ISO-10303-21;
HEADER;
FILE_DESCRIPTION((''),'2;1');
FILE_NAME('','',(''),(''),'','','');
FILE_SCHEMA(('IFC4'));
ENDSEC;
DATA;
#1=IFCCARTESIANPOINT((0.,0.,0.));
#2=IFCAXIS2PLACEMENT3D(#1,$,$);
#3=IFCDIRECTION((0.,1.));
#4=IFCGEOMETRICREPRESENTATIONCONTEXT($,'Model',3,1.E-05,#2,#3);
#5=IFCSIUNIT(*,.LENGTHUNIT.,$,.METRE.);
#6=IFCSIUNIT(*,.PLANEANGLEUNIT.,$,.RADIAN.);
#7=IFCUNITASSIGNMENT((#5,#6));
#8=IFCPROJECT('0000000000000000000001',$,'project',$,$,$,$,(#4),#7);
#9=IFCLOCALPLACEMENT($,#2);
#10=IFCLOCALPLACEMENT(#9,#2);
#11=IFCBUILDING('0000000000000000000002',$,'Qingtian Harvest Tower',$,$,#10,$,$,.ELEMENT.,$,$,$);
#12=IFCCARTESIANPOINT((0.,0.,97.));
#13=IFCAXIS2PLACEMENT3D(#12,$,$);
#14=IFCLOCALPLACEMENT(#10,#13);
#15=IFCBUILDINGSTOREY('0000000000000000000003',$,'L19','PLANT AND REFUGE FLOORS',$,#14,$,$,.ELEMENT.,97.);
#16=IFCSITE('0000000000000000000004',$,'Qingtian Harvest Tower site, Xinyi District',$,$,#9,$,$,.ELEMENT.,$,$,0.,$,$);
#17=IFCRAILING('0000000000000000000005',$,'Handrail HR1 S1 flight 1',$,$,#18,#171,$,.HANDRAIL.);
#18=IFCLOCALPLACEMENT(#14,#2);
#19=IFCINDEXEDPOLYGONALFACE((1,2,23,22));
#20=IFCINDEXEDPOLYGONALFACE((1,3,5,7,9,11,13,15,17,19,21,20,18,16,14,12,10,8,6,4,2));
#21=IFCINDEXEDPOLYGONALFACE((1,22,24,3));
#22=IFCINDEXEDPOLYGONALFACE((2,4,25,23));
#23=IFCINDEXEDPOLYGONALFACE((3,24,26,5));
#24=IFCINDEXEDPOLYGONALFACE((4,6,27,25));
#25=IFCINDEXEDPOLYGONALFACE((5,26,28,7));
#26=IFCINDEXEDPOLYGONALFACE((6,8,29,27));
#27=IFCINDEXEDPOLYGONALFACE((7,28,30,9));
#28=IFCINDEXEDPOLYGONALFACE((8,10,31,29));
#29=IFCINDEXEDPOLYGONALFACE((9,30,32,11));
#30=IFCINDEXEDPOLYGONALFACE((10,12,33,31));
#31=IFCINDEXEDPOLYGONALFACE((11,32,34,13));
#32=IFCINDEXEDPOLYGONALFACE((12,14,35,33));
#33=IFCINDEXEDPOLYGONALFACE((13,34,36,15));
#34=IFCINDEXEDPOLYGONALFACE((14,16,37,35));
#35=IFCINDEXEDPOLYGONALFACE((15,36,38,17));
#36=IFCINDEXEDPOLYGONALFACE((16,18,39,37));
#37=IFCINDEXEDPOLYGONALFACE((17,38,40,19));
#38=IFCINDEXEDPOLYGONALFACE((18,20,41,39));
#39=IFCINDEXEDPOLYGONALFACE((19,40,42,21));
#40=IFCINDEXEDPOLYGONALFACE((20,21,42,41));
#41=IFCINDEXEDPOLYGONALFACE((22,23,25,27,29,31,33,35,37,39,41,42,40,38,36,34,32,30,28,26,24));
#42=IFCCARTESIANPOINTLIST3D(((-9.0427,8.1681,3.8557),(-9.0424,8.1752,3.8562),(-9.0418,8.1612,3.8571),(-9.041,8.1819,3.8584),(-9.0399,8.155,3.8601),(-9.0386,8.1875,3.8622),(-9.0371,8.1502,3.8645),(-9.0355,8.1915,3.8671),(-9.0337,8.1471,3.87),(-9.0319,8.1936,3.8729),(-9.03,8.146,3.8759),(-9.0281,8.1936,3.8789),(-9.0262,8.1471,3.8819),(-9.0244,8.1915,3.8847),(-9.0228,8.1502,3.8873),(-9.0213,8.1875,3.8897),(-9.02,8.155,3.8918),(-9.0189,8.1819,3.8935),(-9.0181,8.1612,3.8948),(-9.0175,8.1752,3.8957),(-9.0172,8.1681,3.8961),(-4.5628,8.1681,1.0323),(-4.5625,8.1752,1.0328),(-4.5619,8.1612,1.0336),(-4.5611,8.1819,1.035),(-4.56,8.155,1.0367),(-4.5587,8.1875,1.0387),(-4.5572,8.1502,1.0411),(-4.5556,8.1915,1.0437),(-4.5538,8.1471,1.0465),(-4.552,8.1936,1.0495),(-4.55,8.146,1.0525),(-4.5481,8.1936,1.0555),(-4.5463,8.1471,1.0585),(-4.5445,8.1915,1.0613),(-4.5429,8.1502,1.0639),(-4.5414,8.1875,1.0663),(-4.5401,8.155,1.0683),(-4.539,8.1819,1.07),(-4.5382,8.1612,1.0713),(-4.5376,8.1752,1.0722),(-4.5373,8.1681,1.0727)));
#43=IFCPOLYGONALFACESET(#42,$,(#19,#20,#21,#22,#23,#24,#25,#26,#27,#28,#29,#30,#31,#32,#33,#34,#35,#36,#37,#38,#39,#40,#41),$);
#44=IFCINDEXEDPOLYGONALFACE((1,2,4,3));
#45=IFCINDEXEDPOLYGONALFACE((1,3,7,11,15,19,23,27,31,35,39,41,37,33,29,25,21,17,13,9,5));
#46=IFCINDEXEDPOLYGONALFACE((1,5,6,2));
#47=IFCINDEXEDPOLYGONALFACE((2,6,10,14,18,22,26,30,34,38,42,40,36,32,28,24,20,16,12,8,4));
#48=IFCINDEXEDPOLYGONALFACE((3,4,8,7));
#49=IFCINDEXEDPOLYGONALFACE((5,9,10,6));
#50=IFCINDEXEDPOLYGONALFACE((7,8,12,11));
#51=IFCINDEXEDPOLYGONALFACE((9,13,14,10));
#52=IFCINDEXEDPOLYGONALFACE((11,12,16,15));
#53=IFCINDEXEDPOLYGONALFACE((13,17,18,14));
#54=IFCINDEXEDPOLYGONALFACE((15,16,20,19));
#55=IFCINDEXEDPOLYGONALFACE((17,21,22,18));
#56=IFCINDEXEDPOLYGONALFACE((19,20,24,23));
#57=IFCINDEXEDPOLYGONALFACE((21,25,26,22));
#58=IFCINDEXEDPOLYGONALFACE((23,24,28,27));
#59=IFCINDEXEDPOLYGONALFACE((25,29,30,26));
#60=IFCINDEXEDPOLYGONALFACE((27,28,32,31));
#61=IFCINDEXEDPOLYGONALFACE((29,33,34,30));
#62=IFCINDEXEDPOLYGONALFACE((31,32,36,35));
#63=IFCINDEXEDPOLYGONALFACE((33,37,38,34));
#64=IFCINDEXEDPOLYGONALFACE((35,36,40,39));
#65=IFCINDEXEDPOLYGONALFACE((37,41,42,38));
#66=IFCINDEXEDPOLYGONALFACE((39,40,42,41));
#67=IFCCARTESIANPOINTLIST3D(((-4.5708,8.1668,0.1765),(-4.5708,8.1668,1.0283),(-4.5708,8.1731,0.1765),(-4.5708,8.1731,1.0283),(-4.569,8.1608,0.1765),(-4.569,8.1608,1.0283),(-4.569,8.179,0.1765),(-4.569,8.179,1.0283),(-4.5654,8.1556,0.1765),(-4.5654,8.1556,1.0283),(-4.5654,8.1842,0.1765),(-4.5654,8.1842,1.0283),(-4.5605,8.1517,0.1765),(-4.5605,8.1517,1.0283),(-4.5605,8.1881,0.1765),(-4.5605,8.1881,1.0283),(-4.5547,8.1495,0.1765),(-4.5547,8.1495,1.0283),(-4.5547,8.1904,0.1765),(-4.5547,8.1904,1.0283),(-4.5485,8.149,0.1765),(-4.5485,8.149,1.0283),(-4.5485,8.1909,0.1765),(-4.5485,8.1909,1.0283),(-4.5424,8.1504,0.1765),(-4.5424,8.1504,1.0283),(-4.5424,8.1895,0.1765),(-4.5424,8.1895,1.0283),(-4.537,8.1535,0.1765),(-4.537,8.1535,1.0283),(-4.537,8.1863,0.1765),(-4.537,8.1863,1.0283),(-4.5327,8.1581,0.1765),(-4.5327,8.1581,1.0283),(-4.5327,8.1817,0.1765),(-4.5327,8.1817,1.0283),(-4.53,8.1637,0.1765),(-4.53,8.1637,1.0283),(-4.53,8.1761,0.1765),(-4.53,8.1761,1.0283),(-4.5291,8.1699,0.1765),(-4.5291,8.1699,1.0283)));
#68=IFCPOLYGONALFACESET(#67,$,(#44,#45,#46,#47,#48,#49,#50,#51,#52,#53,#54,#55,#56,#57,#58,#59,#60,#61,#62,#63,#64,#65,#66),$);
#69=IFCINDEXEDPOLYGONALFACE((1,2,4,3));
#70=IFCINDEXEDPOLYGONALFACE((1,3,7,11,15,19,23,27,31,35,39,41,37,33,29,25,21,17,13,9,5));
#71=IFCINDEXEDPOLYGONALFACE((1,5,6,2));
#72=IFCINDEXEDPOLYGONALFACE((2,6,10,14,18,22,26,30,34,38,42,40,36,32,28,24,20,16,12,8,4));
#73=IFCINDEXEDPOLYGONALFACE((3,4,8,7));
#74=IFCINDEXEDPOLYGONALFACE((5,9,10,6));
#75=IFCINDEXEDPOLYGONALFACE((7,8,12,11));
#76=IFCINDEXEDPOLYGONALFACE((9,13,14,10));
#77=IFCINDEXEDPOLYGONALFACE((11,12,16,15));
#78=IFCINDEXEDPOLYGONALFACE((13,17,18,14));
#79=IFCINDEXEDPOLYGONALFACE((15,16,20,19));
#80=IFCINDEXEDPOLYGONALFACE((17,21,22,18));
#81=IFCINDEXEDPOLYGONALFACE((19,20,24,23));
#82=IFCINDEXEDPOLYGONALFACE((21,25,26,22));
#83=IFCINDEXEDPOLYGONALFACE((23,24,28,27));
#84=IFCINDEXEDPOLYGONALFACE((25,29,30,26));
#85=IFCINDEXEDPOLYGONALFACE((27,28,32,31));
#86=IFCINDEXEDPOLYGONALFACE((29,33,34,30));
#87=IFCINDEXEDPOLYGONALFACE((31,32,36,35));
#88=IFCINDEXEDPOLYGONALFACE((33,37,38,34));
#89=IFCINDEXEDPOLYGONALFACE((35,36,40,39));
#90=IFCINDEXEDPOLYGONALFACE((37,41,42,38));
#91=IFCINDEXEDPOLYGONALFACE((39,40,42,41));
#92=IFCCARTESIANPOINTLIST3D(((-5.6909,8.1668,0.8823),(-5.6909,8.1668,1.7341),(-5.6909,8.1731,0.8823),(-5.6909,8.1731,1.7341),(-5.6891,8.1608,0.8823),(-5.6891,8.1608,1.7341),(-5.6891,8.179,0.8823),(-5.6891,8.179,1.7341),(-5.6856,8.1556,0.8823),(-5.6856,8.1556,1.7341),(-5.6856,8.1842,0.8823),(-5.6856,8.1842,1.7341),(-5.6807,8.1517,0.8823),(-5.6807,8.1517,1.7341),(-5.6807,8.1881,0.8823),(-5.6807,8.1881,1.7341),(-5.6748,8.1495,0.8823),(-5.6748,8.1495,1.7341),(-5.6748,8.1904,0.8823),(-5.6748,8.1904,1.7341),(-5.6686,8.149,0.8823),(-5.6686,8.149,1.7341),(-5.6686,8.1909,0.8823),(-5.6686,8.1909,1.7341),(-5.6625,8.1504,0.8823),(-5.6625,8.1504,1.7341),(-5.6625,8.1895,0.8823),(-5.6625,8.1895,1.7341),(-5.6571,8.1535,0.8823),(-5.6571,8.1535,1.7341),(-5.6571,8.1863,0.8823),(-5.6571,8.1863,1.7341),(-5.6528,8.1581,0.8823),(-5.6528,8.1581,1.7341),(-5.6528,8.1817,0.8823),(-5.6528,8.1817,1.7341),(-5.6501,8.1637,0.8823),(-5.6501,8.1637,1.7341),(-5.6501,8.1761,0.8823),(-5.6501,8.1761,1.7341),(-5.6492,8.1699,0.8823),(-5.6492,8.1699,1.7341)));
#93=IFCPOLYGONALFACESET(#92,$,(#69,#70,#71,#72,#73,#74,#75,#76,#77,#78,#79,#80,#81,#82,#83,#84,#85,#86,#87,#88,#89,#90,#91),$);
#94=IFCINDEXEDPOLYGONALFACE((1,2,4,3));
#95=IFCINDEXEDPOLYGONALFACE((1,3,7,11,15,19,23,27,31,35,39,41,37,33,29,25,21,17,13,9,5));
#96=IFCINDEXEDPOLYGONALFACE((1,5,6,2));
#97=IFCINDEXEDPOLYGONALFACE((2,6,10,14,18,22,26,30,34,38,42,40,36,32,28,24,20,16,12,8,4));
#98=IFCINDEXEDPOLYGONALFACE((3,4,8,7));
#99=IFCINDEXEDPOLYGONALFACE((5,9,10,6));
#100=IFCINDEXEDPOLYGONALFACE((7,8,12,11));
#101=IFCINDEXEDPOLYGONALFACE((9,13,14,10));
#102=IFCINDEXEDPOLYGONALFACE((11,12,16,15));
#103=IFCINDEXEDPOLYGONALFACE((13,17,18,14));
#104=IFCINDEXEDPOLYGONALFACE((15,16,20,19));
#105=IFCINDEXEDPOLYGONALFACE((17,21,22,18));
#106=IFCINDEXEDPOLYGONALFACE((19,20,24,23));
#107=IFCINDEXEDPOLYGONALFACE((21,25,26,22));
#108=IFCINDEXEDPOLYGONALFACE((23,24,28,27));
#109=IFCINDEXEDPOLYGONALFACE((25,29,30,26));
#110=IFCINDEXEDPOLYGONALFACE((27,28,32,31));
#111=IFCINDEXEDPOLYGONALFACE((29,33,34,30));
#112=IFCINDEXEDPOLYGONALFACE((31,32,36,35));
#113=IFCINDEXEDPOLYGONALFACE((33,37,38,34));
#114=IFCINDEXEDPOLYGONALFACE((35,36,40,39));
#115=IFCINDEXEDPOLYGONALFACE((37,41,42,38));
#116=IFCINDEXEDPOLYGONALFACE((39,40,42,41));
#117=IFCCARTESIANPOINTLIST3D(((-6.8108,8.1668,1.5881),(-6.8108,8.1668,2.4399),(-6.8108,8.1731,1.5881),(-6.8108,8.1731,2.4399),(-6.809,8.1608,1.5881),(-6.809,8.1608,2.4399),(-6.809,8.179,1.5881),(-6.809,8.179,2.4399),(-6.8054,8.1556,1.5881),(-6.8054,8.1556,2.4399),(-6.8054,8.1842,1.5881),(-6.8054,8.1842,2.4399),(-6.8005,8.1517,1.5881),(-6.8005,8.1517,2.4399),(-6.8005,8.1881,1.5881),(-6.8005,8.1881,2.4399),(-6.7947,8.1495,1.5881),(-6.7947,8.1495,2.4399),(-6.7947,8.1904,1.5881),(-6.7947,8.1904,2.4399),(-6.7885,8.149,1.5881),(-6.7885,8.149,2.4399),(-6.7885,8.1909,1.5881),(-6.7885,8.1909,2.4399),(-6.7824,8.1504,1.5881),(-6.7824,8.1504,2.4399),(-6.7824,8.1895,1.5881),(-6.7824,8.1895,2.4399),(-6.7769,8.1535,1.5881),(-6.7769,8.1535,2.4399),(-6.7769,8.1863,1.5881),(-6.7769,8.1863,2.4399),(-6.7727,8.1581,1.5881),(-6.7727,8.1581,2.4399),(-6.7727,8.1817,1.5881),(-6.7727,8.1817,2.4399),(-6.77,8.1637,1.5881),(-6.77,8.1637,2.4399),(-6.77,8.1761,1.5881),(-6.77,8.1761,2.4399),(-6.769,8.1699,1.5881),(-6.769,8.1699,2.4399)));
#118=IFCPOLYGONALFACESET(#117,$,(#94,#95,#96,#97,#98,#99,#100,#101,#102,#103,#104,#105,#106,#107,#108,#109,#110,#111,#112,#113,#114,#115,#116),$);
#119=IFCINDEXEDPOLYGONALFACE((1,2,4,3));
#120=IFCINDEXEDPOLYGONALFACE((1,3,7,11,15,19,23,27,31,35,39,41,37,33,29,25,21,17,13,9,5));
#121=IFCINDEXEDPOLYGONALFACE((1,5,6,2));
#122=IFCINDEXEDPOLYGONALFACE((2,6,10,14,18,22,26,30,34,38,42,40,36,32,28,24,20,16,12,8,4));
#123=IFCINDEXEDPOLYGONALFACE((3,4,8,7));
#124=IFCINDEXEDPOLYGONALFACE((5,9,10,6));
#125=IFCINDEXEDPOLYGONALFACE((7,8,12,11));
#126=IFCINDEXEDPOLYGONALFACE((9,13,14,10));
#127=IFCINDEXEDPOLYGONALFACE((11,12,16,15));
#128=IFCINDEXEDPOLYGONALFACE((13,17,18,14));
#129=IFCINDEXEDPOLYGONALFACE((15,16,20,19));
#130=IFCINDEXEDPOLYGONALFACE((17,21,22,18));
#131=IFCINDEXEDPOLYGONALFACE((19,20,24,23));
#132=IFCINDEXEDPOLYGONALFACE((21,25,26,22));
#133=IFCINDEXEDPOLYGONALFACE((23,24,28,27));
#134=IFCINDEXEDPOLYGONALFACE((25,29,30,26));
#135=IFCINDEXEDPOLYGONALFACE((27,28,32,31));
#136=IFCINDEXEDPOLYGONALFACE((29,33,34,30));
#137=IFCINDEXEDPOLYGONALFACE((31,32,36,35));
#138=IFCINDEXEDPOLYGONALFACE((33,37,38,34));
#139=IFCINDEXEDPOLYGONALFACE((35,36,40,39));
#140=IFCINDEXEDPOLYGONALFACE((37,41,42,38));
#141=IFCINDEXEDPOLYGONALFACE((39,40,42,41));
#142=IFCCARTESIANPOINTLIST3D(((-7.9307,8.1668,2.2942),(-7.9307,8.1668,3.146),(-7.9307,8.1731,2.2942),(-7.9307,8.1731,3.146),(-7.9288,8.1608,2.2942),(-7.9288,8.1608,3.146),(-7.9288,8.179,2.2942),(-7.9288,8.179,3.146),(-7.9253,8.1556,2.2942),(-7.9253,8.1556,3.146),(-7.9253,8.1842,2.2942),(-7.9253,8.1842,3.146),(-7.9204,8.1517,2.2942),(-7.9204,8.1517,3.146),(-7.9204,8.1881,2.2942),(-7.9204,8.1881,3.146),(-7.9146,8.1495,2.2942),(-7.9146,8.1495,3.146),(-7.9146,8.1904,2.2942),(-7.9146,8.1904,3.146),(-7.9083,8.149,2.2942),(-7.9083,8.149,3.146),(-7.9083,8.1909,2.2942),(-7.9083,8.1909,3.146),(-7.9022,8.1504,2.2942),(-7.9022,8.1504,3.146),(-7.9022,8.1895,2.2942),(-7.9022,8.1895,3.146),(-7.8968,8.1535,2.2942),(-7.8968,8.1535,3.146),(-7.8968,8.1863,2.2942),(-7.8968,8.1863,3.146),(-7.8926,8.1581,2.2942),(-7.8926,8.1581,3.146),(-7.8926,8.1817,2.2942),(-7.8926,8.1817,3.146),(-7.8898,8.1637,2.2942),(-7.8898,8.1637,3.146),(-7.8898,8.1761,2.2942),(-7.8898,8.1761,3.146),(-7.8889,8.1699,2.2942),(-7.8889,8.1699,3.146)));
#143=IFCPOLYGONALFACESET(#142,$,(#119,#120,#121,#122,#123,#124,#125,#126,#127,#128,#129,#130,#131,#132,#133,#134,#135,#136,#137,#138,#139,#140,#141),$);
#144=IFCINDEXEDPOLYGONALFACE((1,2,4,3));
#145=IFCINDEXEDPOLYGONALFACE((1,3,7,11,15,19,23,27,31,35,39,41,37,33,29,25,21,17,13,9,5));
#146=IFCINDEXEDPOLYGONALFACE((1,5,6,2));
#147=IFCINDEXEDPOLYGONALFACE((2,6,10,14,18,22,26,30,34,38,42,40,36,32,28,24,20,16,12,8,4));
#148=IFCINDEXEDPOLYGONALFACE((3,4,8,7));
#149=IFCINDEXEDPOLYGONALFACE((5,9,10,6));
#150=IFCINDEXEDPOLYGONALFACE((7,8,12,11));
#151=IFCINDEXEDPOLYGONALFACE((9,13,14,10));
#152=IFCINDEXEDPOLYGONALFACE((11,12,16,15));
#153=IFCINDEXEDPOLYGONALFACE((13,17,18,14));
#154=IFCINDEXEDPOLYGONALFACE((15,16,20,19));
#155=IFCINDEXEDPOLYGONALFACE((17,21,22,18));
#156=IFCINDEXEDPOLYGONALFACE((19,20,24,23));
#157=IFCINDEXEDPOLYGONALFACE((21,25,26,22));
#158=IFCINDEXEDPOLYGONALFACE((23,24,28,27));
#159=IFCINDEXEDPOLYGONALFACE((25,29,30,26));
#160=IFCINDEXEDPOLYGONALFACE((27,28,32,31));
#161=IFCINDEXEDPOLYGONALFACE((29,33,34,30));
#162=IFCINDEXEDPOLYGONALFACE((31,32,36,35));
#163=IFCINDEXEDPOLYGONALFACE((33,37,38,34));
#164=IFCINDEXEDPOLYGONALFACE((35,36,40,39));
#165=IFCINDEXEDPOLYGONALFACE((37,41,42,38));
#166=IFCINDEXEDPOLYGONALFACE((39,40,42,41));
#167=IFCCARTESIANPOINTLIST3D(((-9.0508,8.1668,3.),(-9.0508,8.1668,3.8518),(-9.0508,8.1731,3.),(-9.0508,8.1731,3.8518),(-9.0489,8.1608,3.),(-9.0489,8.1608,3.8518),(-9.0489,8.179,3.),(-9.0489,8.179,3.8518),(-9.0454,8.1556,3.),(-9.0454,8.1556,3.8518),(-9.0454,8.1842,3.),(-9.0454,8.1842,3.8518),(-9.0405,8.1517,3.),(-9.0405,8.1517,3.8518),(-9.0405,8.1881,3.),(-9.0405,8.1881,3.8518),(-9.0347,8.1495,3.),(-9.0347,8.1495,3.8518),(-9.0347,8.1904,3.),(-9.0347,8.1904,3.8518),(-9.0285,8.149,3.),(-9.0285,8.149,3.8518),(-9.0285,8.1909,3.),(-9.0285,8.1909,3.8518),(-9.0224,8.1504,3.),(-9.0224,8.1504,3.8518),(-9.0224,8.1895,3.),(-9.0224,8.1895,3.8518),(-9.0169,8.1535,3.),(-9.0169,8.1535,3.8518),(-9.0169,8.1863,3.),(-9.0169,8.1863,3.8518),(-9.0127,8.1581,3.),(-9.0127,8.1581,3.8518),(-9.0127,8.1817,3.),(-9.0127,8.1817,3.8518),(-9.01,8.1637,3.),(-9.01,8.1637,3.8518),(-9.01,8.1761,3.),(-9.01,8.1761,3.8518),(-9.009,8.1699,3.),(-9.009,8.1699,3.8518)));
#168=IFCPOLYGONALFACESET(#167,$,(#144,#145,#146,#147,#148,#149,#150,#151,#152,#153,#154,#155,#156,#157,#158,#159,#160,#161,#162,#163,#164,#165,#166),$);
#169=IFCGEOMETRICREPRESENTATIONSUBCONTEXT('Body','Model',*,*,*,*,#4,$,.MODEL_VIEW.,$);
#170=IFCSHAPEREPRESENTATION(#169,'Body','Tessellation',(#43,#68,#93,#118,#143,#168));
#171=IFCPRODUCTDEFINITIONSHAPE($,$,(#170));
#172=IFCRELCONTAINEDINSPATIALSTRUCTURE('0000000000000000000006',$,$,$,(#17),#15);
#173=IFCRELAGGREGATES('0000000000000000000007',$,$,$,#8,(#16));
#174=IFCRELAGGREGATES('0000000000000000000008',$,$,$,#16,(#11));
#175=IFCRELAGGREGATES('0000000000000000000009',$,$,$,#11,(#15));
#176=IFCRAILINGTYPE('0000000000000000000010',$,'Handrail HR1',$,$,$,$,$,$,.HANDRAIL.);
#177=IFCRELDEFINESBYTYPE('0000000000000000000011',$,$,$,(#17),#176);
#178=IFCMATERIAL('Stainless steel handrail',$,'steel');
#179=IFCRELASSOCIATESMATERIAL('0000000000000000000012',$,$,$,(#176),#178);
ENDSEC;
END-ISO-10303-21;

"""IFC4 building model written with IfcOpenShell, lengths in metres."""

from ifc_helpers import new_model, si_unit, direction, frame, origin, origin_2d, place, context, subcontext, project, spatial, circle, extrude, material, type_object, element, save


model = new_model("IFC4")

# Units and contexts
model_context = context("Model", 3, precision=1e-05, world=origin(), true_north=direction((0.0, 1.0)))
body_context = subcontext(model_context, "Body", "Model", "MODEL_VIEW")
ifc_project = project(units=[si_unit("LENGTHUNIT", "METRE"), si_unit("PLANEANGLEUNIT", "RADIAN")], contexts=[model_context])

# Site, building, storey
site_placement = place(None, origin())
site = spatial("IfcSite", under=ifc_project, at=site_placement, Name="Qingtian Harvest Tower site, Xinyi District", CompositionType="ELEMENT", RefElevation=0.0)
building_placement = place(site_placement, origin())
building = spatial("IfcBuilding", under=site, at=building_placement, Name="Qingtian Harvest Tower", CompositionType="ELEMENT")
storey_placement = place(building_placement, frame((0.0, 0.0, 97.0)))
storey = spatial("IfcBuildingStorey", under=building, at=storey_placement, Name="L19", Description="PLANT AND REFUGE FLOORS", CompositionType="ELEMENT", Elevation=97.0)

# Railing
ifc_material_1 = material(Name="Stainless steel handrail", Category="steel")
railing_type = type_object("IfcRailingType", Name="Handrail HR1", PredefinedType="HANDRAIL", material=ifc_material_1)
railing_1_placement = place(storey_placement, frame((-4.55, 8.1699, 0.1765)))
element("IfcRailing", 1, at=railing_1_placement, inside=storey, type_object=railing_type, Name="Handrail HR1 S1 flight 1", PredefinedType="HANDRAIL", context=body_context, shape_type="SweptSolid", body=[
    extrude(circle(Radius=0.0239, at=origin_2d()), frame((0.0, 0.0, 0.876), z_axis=(-0.845998, 0.0, 0.533186), x_axis=(0.0, -1.0, 0.0)), (0.0, 0.0, 1.0), 5.2954),
    extrude(circle(Radius=0.021, at=origin_2d()), origin(), (0.0, 0.0, 1.0), 0.8518),
    extrude(circle(Radius=0.021, at=origin_2d()), frame((-1.1201, 0.0, 0.7058)), (0.0, 0.0, 1.0), 0.8518),
    extrude(circle(Radius=0.021, at=origin_2d()), frame((-2.24, 0.0, 1.4116)), (0.0, 0.0, 1.0), 0.8518),
    extrude(circle(Radius=0.021, at=origin_2d()), frame((-3.3599, 0.0, 2.1177)), (0.0, 0.0, 1.0), 0.8518),
    extrude(circle(Radius=0.021, at=origin_2d()), frame((-4.48, 0.0, 2.8235)), (0.0, 0.0, 1.0), 0.8518),
])

save(model, "model.ifc")
